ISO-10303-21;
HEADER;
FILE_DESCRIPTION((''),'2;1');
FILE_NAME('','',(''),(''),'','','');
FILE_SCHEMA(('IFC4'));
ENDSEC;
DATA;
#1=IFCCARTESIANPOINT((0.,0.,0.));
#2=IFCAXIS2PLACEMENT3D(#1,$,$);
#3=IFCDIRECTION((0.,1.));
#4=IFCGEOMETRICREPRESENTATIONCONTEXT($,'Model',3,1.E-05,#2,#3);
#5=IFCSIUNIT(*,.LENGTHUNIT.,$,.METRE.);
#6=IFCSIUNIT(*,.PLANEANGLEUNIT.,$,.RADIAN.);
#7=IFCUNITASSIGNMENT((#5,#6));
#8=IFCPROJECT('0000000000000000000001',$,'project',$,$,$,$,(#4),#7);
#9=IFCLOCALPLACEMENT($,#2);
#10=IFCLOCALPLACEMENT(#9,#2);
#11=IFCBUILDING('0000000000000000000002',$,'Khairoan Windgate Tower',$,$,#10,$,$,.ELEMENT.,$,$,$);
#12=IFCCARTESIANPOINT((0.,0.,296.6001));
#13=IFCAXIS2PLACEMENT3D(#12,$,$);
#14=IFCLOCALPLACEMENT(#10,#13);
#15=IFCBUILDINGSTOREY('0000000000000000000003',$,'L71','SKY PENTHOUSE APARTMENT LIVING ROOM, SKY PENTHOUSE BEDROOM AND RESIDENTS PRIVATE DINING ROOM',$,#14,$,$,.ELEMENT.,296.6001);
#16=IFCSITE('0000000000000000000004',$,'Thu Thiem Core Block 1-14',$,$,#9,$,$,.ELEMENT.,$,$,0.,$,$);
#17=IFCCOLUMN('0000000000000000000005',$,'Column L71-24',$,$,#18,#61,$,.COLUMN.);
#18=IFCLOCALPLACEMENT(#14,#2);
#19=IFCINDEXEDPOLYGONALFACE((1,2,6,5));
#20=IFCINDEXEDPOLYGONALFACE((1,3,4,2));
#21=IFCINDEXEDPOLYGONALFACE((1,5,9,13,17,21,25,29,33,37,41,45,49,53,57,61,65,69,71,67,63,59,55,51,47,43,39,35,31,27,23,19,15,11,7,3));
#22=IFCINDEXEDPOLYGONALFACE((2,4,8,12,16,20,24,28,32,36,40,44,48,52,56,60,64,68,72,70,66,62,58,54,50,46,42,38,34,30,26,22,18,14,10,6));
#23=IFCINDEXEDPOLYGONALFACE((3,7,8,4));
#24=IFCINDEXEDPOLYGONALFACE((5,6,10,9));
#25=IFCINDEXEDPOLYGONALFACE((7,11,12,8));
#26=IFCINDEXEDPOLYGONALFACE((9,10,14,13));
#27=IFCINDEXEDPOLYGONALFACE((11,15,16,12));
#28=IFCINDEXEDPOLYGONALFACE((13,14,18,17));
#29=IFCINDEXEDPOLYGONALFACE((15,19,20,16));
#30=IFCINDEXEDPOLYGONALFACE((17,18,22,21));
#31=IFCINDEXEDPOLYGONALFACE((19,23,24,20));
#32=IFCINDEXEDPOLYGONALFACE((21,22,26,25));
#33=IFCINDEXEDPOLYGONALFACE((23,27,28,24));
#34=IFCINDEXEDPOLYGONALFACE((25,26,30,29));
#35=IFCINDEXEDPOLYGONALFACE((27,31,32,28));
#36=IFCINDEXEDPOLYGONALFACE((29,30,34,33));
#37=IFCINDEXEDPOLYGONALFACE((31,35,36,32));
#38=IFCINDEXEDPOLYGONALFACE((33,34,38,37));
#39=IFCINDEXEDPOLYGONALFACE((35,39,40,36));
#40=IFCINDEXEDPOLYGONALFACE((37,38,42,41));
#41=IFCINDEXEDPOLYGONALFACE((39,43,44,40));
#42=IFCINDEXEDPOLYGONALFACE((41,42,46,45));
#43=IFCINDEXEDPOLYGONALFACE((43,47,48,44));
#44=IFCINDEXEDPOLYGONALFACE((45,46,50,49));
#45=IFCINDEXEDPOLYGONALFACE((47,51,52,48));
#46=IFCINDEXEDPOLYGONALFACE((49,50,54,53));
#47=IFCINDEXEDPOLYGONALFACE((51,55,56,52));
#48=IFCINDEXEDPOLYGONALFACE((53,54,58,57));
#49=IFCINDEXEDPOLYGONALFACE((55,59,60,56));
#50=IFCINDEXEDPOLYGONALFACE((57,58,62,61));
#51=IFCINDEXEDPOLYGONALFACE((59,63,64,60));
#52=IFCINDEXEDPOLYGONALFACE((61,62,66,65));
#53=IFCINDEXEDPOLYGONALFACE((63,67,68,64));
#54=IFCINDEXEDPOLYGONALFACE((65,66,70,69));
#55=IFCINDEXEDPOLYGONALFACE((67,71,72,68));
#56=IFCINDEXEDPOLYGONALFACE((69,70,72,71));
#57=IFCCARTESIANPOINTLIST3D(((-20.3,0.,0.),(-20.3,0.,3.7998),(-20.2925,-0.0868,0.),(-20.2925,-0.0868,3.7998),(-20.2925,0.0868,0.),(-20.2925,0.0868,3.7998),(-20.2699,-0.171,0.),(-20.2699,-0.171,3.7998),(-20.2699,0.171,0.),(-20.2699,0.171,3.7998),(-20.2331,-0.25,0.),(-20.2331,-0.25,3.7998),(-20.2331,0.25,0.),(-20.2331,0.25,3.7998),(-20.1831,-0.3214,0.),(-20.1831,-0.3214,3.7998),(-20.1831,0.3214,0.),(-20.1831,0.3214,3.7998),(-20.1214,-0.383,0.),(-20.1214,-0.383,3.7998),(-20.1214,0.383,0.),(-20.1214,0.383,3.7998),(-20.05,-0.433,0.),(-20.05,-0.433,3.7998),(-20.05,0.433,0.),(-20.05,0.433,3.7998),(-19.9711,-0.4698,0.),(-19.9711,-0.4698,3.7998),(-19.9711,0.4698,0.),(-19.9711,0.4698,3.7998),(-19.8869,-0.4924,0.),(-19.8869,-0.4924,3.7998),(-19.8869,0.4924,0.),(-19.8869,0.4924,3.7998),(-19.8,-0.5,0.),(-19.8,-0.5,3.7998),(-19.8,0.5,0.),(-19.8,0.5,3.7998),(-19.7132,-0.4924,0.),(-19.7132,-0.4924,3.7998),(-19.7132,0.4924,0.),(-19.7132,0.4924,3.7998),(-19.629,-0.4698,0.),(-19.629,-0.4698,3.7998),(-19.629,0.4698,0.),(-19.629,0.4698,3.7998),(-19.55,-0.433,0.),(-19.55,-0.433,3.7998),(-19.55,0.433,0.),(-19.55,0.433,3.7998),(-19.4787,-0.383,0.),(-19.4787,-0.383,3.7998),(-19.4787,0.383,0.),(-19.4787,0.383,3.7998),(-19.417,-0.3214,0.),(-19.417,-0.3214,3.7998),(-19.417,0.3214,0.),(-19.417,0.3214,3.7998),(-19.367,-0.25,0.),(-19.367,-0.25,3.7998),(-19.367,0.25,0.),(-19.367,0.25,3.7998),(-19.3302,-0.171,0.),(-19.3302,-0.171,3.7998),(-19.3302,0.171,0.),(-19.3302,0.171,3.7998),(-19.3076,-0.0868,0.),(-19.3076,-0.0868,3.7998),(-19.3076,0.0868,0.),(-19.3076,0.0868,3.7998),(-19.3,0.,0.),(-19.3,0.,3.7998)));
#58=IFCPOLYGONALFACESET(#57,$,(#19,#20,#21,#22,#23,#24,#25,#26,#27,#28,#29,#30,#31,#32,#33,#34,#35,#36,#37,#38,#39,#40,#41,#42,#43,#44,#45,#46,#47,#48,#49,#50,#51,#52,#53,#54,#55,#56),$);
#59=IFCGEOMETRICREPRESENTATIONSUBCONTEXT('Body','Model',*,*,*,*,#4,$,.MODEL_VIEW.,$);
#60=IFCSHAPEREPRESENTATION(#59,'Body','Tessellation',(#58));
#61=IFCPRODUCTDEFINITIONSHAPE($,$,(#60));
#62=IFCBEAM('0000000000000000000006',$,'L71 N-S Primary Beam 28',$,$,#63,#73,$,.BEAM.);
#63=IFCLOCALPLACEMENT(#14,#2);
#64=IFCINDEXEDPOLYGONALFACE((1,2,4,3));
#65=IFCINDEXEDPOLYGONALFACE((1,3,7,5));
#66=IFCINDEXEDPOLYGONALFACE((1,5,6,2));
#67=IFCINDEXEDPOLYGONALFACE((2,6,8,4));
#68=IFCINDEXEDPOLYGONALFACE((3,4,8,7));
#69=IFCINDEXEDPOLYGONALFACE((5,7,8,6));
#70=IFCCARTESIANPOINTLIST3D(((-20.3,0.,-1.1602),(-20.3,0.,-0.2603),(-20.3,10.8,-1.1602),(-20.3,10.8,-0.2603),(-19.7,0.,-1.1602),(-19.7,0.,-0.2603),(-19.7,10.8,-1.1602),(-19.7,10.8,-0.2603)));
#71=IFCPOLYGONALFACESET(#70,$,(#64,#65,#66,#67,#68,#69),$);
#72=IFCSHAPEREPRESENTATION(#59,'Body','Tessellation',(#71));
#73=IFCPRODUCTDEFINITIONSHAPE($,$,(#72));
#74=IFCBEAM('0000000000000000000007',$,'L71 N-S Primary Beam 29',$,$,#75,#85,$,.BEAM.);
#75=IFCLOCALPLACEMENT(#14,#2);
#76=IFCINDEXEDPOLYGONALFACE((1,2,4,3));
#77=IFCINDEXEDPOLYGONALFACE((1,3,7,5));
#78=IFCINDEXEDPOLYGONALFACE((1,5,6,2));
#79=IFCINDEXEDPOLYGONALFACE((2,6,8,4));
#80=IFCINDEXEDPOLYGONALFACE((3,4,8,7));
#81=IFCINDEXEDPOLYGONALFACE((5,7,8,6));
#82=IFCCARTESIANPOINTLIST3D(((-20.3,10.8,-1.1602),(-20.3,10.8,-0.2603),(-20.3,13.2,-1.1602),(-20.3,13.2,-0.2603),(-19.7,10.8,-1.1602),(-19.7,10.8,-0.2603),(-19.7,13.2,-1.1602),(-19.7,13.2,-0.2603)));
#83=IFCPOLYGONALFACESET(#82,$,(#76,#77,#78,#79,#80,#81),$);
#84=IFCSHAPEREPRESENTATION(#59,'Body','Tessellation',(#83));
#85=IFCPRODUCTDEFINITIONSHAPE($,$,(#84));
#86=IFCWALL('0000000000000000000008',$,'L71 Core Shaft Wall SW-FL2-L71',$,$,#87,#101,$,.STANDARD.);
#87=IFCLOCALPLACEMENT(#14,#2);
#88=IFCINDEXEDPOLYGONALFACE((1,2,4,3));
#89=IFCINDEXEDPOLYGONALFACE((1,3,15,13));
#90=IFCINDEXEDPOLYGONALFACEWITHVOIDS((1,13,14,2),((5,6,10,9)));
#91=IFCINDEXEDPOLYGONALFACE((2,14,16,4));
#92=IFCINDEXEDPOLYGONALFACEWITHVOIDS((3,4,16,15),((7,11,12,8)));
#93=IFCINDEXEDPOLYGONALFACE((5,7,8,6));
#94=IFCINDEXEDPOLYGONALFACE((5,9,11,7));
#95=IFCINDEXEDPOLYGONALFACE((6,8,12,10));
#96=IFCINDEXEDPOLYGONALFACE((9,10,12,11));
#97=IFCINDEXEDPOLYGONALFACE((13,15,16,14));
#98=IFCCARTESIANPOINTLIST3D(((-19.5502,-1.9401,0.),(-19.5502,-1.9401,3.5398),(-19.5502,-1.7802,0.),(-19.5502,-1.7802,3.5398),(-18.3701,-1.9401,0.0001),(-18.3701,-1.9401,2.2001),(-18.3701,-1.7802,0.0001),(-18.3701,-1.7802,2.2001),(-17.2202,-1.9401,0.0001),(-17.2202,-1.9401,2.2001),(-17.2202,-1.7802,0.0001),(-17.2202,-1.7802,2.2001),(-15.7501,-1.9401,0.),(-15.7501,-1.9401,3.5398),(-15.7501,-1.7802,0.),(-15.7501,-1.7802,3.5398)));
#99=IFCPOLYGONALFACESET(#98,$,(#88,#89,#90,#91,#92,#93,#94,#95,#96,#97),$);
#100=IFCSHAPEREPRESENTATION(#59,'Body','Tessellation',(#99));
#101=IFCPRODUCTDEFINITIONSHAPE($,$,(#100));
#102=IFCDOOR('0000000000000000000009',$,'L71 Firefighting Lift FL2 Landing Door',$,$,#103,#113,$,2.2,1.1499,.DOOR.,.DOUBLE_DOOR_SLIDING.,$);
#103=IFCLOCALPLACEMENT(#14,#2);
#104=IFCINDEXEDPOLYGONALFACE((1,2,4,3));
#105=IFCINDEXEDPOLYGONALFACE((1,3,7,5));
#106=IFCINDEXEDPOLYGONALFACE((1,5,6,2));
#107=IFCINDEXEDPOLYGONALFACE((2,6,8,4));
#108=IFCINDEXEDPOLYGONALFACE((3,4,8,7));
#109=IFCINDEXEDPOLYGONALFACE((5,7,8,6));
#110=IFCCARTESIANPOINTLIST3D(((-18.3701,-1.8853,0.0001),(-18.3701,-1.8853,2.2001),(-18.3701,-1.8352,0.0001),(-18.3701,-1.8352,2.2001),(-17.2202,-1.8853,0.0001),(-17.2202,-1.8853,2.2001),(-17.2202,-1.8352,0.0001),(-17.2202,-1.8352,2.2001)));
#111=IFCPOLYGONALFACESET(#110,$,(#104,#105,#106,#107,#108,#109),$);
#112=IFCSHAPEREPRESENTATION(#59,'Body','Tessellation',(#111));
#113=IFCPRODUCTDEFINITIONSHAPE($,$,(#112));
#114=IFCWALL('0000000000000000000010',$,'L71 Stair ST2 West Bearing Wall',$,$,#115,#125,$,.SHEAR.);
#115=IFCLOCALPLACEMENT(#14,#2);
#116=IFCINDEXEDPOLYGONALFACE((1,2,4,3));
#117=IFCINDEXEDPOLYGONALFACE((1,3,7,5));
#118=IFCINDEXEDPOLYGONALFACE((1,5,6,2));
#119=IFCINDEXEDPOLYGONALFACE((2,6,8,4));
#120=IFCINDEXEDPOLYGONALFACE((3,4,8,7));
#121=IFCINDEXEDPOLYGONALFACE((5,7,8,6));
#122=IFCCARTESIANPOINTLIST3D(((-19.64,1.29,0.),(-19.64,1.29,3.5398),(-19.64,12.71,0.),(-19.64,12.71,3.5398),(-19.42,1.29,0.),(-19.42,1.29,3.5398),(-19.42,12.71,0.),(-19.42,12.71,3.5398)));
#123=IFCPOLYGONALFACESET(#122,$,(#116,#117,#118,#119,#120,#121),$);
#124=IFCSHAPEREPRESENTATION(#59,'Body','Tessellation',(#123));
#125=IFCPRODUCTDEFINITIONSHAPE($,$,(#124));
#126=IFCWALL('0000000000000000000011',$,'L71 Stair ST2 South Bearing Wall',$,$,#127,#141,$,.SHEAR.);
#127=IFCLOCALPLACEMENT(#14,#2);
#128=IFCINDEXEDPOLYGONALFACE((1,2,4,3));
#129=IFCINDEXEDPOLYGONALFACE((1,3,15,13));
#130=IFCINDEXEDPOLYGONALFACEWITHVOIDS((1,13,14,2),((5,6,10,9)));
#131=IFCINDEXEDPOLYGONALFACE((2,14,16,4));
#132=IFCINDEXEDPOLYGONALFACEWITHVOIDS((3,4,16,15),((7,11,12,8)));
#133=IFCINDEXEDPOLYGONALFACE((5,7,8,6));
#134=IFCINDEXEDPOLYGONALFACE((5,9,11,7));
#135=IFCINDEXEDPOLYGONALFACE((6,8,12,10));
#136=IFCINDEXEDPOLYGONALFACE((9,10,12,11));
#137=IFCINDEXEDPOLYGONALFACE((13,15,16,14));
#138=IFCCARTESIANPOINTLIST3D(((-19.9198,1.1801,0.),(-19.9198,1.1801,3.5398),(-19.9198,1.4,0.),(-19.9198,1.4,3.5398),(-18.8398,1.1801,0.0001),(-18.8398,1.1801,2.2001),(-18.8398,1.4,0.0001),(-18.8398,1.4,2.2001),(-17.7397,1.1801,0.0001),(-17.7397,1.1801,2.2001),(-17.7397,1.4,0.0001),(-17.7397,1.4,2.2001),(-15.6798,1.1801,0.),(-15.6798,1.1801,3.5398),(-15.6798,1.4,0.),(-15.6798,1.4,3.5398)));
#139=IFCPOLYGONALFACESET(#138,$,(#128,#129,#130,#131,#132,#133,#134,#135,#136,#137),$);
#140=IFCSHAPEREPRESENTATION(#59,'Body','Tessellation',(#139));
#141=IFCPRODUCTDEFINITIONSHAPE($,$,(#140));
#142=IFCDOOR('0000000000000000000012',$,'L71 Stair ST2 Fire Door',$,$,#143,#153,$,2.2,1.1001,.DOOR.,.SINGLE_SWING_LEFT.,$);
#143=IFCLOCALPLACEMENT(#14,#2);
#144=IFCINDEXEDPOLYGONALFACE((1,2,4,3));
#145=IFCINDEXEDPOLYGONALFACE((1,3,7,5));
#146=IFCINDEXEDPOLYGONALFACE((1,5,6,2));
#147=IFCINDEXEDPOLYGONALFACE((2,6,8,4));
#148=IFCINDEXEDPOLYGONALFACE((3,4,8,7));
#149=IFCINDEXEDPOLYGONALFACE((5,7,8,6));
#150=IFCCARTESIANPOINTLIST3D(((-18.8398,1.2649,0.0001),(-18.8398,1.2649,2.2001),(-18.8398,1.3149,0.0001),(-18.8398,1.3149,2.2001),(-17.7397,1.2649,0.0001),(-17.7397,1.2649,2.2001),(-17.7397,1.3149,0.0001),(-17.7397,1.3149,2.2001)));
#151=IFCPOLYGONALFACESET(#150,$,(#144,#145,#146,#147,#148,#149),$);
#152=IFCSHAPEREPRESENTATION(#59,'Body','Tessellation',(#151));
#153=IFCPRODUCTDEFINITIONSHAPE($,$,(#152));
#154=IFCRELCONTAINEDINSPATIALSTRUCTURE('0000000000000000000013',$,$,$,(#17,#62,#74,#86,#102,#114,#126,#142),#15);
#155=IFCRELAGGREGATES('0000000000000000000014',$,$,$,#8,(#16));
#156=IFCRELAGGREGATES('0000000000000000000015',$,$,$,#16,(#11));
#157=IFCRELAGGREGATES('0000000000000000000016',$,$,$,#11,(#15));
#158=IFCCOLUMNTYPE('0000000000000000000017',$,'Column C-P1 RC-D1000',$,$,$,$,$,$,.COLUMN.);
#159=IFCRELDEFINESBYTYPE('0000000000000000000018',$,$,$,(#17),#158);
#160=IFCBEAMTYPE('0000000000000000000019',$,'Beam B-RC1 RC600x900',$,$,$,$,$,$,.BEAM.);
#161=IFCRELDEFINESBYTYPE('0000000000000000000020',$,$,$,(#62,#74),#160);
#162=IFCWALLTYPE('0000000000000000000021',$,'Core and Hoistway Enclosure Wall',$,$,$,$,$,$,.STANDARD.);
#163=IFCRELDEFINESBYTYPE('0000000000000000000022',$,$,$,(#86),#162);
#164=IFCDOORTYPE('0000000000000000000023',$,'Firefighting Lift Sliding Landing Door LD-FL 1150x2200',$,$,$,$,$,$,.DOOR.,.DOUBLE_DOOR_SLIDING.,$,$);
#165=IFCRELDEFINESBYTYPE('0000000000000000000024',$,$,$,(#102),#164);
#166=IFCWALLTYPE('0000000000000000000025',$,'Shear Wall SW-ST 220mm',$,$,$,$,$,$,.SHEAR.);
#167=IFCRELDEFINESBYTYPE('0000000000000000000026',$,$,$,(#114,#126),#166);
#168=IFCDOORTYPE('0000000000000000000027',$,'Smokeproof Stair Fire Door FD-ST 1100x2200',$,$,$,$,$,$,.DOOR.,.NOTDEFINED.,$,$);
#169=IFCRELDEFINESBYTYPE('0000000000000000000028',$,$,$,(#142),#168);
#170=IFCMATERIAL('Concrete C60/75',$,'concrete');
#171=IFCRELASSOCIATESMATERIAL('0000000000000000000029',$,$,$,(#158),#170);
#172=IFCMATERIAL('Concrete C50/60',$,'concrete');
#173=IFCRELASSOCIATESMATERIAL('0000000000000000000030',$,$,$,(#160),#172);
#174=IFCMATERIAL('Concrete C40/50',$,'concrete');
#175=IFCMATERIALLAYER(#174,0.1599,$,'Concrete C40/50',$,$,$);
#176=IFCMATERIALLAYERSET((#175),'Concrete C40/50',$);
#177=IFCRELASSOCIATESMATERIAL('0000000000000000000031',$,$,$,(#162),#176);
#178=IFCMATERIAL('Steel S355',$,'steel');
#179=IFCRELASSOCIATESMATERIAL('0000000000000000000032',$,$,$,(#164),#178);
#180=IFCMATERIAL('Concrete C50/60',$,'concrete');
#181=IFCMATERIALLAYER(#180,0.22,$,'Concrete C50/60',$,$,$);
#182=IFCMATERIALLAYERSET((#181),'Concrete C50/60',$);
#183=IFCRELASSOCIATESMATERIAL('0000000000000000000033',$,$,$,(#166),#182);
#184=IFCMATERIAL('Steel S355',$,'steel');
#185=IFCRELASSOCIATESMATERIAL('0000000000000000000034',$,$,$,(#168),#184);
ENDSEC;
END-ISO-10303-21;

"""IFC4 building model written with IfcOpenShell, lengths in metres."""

from ifc_helpers import new_model, si_unit, direction, frame, frame_2d, origin, origin_2d, place, context, subcontext, project, spatial, rectangle, circle, extrude, material, layer, layer_set, material_profile, profile_set, type_object, element, fill, save


model = new_model("IFC4")

# Units and contexts
model_context = context("Model", 3, precision=1e-05, world=origin(), true_north=direction((0.0, 1.0)))
body_context = subcontext(model_context, "Body", "Model", "MODEL_VIEW")
ifc_project = project(units=[si_unit("LENGTHUNIT", "METRE"), si_unit("PLANEANGLEUNIT", "RADIAN")], contexts=[model_context])

# Site, building, storey
site_placement = place(None, origin())
site = spatial("IfcSite", under=ifc_project, at=site_placement, Name="Thu Thiem Core Block 1-14", CompositionType="ELEMENT", RefElevation=0.0)
building_placement = place(site_placement, origin())
building = spatial("IfcBuilding", under=site, at=building_placement, Name="Khairoan Windgate Tower", CompositionType="ELEMENT")
storey_placement = place(building_placement, frame((0.0, 0.0, 296.6001)))
storey = spatial("IfcBuildingStorey", under=building, at=storey_placement, Name="L71", Description="SKY PENTHOUSE APARTMENT LIVING ROOM, SKY PENTHOUSE BEDROOM AND RESIDENTS PRIVATE DINING ROOM", CompositionType="ELEMENT", Elevation=296.6001)

# Column
ifc_material_1 = material(Name="Concrete C60/75", Category="concrete")
ifc_material_profile_1 = material_profile(ifc_material_1, circle(Radius=0.5, at=origin_2d()))
ifc_profile_set_1 = profile_set([ifc_material_profile_1], Name="Concrete C60/75")
column_type = type_object("IfcColumnType", Name="Column C-P1 RC-D1000", PredefinedType="COLUMN", material=ifc_profile_set_1)
column_placement = place(storey_placement, frame((-19.8, 0.0, 0.0), z_axis=(0.0, 0.0, 1.0), x_axis=(1.0, 0.0, 0.0)))
element("IfcColumn", 1, at=column_placement, inside=storey, type_object=column_type, Name="Column L71-24", PredefinedType="COLUMN", context=body_context, shape_type="SweptSolid", body=[
    extrude(circle(Radius=0.5, at=origin_2d()), origin(), (0.0, 0.0, 1.0), 3.7998),
])

# Beams
ifc_material_2 = material(Name="Concrete C50/60", Category="concrete")
ifc_material_profile_2 = material_profile(ifc_material_2, rectangle(XDim=0.6001, YDim=0.8999, at=origin_2d()))
ifc_profile_set_2 = profile_set([ifc_material_profile_2], Name="Concrete C50/60")
beam_type = type_object("IfcBeamType", Name="Beam B-RC1 RC600x900", PredefinedType="BEAM", material=ifc_profile_set_2)
beam_1_placement = place(storey_placement, frame((-20.0, 0.0, -0.7102), z_axis=(0.0, 1.0, 0.0), x_axis=(-1.0, 0.0, 0.0)))
element("IfcBeam", 2, at=beam_1_placement, inside=storey, type_object=beam_type, Name="L71 N-S Primary Beam 28", PredefinedType="BEAM", context=body_context, shape_type="SweptSolid", body=[
    extrude(rectangle(XDim=0.6001, YDim=0.8999, at=origin_2d()), origin(), (0.0, 0.0, 1.0), 10.8),
])
beam_2_placement = place(storey_placement, frame((-20.0, 10.8, -0.7102), z_axis=(0.0, 1.0, 0.0), x_axis=(-1.0, 0.0, 0.0)))
element("IfcBeam", 3, at=beam_2_placement, inside=storey, type_object=beam_type, Name="L71 N-S Primary Beam 29", PredefinedType="BEAM", context=body_context, shape_type="SweptSolid", body=[
    extrude(rectangle(XDim=0.6001, YDim=0.8999, at=origin_2d()), origin(), (0.0, 0.0, 1.0), 2.3999),
])

# Wall, opening, door
ifc_material_3 = material(Name="Concrete C40/50", Category="concrete")
ifc_layer_1 = layer(ifc_material_3, 0.1599, Name="Concrete C40/50")
ifc_layer_set_1 = layer_set([ifc_layer_1], Name="Concrete C40/50")
wall_type_1 = type_object("IfcWallType", Name="Core and Hoistway Enclosure Wall", PredefinedType="STANDARD", material=ifc_layer_set_1)
wall_1_placement = place(storey_placement, frame((-19.55, -1.8601, 0.0), z_axis=(0.0, 0.0, 1.0), x_axis=(1.0, 0.0, 0.0)))
wall_1 = element("IfcWall", 4, at=wall_1_placement, inside=storey, type_object=wall_type_1, Name="L71 Core Shaft Wall SW-FL2-L71", PredefinedType="STANDARD", context=body_context, shape_type="SweptSolid", body=[
    extrude(rectangle(XDim=3.8, YDim=0.1599, at=frame_2d((1.8999, 0.0))), origin(), (0.0, 0.0, 1.0), 3.5398),
])
opening_1_placement = place(wall_1_placement, frame((1.1799, 0.0, 0.0)))
opening_1 = element("IfcOpeningElement", 5, at=opening_1_placement, cuts=wall_1, PredefinedType="OPENING", context=body_context, shape_type="SweptSolid", body=[
    extrude(rectangle(XDim=1.1499, YDim=2.2, at=frame_2d((0.575, 1.1001))), frame((0.0, 0.0898, 0.0), z_axis=(0.0, -1.0, 0.0), x_axis=(1.0, 0.0, 0.0)), (0.0, 0.0, 1.0), 0.1799),
])
ifc_material_4 = material(Name="Steel S355", Category="steel")
door_type_1 = type_object("IfcDoorType", Name="Firefighting Lift Sliding Landing Door LD-FL 1150x2200", OperationType="DOUBLE_DOOR_SLIDING", PredefinedType="DOOR", material=ifc_material_4)
door_1_placement = place(opening_1_placement, origin())
door_1 = element("IfcDoor", 6, at=door_1_placement, inside=storey, type_object=door_type_1, Name="L71 Firefighting Lift FL2 Landing Door", OperationType="DOUBLE_DOOR_SLIDING", OverallHeight=2.2, OverallWidth=1.1499, PredefinedType="DOOR", context=body_context, shape_type="SweptSolid", body=[
    extrude(rectangle(XDim=1.1499, YDim=2.2, at=frame_2d((0.575, 1.1001))), frame((0.0, 0.0249, 0.0), z_axis=(0.0, -1.0, 0.0), x_axis=(1.0, 0.0, 0.0)), (0.0, 0.0, 1.0), 0.05),
])
fill(opening_1, door_1)

# Wall
ifc_material_5 = material(Name="Concrete C50/60", Category="concrete")
ifc_layer_2 = layer(ifc_material_5, 0.22, Name="Concrete C50/60")
ifc_layer_set_2 = layer_set([ifc_layer_2], Name="Concrete C50/60")
wall_type_2 = type_object("IfcWallType", Name="Shear Wall SW-ST 220mm", PredefinedType="SHEAR", material=ifc_layer_set_2)
wall_2_placement = place(storey_placement, frame((-19.53, 1.29, 0.0), z_axis=(0.0, 0.0, 1.0), x_axis=(0.0, 1.0, 0.0)))
element("IfcWall", 7, at=wall_2_placement, inside=storey, type_object=wall_type_2, Name="L71 Stair ST2 West Bearing Wall", PredefinedType="SHEAR", context=body_context, shape_type="SweptSolid", body=[
    extrude(rectangle(XDim=11.4199, YDim=0.22, at=frame_2d((5.71, 0.0))), origin(), (0.0, 0.0, 1.0), 3.5398),
])

# Wall, opening, door
wall_3_placement = place(storey_placement, frame((-19.9199, 1.29, 0.0), z_axis=(0.0, 0.0, 1.0), x_axis=(1.0, 0.0, 0.0)))
wall_3 = element("IfcWall", 8, at=wall_3_placement, inside=storey, type_object=wall_type_2, Name="L71 Stair ST2 South Bearing Wall", PredefinedType="SHEAR", context=body_context, shape_type="SweptSolid", body=[
    extrude(rectangle(XDim=4.24, YDim=0.22, at=frame_2d((2.1201, 0.0))), origin(), (0.0, 0.0, 1.0), 3.5398),
])
opening_2_placement = place(wall_3_placement, frame((1.0801, 0.0, 0.0)))
opening_2 = element("IfcOpeningElement", 9, at=opening_2_placement, cuts=wall_3, PredefinedType="OPENING", context=body_context, shape_type="SweptSolid", body=[
    extrude(rectangle(XDim=1.1001, YDim=2.2, at=frame_2d((0.55, 1.1001))), frame((0.0, 0.1199, 0.0), z_axis=(0.0, -1.0, 0.0), x_axis=(1.0, 0.0, 0.0)), (0.0, 0.0, 1.0), 0.24),
])
ifc_material_6 = material(Name="Steel S355", Category="steel")
door_type_2 = type_object("IfcDoorType", Name="Smokeproof Stair Fire Door FD-ST 1100x2200", OperationType="NOTDEFINED", PredefinedType="DOOR", material=ifc_material_6)
door_2_placement = place(opening_2_placement, origin())
door_2 = element("IfcDoor", 10, at=door_2_placement, inside=storey, type_object=door_type_2, Name="L71 Stair ST2 Fire Door", OperationType="SINGLE_SWING_LEFT", OverallHeight=2.2, OverallWidth=1.1001, PredefinedType="DOOR", context=body_context, shape_type="SweptSolid", body=[
    extrude(rectangle(XDim=1.1001, YDim=2.2, at=frame_2d((0.55, 1.1001))), frame((0.0, 0.0249, 0.0), z_axis=(0.0, -1.0, 0.0), x_axis=(1.0, 0.0, 0.0)), (0.0, 0.0, 1.0), 0.05),
])
fill(opening_2, door_2)

save(model, "model.ifc")
